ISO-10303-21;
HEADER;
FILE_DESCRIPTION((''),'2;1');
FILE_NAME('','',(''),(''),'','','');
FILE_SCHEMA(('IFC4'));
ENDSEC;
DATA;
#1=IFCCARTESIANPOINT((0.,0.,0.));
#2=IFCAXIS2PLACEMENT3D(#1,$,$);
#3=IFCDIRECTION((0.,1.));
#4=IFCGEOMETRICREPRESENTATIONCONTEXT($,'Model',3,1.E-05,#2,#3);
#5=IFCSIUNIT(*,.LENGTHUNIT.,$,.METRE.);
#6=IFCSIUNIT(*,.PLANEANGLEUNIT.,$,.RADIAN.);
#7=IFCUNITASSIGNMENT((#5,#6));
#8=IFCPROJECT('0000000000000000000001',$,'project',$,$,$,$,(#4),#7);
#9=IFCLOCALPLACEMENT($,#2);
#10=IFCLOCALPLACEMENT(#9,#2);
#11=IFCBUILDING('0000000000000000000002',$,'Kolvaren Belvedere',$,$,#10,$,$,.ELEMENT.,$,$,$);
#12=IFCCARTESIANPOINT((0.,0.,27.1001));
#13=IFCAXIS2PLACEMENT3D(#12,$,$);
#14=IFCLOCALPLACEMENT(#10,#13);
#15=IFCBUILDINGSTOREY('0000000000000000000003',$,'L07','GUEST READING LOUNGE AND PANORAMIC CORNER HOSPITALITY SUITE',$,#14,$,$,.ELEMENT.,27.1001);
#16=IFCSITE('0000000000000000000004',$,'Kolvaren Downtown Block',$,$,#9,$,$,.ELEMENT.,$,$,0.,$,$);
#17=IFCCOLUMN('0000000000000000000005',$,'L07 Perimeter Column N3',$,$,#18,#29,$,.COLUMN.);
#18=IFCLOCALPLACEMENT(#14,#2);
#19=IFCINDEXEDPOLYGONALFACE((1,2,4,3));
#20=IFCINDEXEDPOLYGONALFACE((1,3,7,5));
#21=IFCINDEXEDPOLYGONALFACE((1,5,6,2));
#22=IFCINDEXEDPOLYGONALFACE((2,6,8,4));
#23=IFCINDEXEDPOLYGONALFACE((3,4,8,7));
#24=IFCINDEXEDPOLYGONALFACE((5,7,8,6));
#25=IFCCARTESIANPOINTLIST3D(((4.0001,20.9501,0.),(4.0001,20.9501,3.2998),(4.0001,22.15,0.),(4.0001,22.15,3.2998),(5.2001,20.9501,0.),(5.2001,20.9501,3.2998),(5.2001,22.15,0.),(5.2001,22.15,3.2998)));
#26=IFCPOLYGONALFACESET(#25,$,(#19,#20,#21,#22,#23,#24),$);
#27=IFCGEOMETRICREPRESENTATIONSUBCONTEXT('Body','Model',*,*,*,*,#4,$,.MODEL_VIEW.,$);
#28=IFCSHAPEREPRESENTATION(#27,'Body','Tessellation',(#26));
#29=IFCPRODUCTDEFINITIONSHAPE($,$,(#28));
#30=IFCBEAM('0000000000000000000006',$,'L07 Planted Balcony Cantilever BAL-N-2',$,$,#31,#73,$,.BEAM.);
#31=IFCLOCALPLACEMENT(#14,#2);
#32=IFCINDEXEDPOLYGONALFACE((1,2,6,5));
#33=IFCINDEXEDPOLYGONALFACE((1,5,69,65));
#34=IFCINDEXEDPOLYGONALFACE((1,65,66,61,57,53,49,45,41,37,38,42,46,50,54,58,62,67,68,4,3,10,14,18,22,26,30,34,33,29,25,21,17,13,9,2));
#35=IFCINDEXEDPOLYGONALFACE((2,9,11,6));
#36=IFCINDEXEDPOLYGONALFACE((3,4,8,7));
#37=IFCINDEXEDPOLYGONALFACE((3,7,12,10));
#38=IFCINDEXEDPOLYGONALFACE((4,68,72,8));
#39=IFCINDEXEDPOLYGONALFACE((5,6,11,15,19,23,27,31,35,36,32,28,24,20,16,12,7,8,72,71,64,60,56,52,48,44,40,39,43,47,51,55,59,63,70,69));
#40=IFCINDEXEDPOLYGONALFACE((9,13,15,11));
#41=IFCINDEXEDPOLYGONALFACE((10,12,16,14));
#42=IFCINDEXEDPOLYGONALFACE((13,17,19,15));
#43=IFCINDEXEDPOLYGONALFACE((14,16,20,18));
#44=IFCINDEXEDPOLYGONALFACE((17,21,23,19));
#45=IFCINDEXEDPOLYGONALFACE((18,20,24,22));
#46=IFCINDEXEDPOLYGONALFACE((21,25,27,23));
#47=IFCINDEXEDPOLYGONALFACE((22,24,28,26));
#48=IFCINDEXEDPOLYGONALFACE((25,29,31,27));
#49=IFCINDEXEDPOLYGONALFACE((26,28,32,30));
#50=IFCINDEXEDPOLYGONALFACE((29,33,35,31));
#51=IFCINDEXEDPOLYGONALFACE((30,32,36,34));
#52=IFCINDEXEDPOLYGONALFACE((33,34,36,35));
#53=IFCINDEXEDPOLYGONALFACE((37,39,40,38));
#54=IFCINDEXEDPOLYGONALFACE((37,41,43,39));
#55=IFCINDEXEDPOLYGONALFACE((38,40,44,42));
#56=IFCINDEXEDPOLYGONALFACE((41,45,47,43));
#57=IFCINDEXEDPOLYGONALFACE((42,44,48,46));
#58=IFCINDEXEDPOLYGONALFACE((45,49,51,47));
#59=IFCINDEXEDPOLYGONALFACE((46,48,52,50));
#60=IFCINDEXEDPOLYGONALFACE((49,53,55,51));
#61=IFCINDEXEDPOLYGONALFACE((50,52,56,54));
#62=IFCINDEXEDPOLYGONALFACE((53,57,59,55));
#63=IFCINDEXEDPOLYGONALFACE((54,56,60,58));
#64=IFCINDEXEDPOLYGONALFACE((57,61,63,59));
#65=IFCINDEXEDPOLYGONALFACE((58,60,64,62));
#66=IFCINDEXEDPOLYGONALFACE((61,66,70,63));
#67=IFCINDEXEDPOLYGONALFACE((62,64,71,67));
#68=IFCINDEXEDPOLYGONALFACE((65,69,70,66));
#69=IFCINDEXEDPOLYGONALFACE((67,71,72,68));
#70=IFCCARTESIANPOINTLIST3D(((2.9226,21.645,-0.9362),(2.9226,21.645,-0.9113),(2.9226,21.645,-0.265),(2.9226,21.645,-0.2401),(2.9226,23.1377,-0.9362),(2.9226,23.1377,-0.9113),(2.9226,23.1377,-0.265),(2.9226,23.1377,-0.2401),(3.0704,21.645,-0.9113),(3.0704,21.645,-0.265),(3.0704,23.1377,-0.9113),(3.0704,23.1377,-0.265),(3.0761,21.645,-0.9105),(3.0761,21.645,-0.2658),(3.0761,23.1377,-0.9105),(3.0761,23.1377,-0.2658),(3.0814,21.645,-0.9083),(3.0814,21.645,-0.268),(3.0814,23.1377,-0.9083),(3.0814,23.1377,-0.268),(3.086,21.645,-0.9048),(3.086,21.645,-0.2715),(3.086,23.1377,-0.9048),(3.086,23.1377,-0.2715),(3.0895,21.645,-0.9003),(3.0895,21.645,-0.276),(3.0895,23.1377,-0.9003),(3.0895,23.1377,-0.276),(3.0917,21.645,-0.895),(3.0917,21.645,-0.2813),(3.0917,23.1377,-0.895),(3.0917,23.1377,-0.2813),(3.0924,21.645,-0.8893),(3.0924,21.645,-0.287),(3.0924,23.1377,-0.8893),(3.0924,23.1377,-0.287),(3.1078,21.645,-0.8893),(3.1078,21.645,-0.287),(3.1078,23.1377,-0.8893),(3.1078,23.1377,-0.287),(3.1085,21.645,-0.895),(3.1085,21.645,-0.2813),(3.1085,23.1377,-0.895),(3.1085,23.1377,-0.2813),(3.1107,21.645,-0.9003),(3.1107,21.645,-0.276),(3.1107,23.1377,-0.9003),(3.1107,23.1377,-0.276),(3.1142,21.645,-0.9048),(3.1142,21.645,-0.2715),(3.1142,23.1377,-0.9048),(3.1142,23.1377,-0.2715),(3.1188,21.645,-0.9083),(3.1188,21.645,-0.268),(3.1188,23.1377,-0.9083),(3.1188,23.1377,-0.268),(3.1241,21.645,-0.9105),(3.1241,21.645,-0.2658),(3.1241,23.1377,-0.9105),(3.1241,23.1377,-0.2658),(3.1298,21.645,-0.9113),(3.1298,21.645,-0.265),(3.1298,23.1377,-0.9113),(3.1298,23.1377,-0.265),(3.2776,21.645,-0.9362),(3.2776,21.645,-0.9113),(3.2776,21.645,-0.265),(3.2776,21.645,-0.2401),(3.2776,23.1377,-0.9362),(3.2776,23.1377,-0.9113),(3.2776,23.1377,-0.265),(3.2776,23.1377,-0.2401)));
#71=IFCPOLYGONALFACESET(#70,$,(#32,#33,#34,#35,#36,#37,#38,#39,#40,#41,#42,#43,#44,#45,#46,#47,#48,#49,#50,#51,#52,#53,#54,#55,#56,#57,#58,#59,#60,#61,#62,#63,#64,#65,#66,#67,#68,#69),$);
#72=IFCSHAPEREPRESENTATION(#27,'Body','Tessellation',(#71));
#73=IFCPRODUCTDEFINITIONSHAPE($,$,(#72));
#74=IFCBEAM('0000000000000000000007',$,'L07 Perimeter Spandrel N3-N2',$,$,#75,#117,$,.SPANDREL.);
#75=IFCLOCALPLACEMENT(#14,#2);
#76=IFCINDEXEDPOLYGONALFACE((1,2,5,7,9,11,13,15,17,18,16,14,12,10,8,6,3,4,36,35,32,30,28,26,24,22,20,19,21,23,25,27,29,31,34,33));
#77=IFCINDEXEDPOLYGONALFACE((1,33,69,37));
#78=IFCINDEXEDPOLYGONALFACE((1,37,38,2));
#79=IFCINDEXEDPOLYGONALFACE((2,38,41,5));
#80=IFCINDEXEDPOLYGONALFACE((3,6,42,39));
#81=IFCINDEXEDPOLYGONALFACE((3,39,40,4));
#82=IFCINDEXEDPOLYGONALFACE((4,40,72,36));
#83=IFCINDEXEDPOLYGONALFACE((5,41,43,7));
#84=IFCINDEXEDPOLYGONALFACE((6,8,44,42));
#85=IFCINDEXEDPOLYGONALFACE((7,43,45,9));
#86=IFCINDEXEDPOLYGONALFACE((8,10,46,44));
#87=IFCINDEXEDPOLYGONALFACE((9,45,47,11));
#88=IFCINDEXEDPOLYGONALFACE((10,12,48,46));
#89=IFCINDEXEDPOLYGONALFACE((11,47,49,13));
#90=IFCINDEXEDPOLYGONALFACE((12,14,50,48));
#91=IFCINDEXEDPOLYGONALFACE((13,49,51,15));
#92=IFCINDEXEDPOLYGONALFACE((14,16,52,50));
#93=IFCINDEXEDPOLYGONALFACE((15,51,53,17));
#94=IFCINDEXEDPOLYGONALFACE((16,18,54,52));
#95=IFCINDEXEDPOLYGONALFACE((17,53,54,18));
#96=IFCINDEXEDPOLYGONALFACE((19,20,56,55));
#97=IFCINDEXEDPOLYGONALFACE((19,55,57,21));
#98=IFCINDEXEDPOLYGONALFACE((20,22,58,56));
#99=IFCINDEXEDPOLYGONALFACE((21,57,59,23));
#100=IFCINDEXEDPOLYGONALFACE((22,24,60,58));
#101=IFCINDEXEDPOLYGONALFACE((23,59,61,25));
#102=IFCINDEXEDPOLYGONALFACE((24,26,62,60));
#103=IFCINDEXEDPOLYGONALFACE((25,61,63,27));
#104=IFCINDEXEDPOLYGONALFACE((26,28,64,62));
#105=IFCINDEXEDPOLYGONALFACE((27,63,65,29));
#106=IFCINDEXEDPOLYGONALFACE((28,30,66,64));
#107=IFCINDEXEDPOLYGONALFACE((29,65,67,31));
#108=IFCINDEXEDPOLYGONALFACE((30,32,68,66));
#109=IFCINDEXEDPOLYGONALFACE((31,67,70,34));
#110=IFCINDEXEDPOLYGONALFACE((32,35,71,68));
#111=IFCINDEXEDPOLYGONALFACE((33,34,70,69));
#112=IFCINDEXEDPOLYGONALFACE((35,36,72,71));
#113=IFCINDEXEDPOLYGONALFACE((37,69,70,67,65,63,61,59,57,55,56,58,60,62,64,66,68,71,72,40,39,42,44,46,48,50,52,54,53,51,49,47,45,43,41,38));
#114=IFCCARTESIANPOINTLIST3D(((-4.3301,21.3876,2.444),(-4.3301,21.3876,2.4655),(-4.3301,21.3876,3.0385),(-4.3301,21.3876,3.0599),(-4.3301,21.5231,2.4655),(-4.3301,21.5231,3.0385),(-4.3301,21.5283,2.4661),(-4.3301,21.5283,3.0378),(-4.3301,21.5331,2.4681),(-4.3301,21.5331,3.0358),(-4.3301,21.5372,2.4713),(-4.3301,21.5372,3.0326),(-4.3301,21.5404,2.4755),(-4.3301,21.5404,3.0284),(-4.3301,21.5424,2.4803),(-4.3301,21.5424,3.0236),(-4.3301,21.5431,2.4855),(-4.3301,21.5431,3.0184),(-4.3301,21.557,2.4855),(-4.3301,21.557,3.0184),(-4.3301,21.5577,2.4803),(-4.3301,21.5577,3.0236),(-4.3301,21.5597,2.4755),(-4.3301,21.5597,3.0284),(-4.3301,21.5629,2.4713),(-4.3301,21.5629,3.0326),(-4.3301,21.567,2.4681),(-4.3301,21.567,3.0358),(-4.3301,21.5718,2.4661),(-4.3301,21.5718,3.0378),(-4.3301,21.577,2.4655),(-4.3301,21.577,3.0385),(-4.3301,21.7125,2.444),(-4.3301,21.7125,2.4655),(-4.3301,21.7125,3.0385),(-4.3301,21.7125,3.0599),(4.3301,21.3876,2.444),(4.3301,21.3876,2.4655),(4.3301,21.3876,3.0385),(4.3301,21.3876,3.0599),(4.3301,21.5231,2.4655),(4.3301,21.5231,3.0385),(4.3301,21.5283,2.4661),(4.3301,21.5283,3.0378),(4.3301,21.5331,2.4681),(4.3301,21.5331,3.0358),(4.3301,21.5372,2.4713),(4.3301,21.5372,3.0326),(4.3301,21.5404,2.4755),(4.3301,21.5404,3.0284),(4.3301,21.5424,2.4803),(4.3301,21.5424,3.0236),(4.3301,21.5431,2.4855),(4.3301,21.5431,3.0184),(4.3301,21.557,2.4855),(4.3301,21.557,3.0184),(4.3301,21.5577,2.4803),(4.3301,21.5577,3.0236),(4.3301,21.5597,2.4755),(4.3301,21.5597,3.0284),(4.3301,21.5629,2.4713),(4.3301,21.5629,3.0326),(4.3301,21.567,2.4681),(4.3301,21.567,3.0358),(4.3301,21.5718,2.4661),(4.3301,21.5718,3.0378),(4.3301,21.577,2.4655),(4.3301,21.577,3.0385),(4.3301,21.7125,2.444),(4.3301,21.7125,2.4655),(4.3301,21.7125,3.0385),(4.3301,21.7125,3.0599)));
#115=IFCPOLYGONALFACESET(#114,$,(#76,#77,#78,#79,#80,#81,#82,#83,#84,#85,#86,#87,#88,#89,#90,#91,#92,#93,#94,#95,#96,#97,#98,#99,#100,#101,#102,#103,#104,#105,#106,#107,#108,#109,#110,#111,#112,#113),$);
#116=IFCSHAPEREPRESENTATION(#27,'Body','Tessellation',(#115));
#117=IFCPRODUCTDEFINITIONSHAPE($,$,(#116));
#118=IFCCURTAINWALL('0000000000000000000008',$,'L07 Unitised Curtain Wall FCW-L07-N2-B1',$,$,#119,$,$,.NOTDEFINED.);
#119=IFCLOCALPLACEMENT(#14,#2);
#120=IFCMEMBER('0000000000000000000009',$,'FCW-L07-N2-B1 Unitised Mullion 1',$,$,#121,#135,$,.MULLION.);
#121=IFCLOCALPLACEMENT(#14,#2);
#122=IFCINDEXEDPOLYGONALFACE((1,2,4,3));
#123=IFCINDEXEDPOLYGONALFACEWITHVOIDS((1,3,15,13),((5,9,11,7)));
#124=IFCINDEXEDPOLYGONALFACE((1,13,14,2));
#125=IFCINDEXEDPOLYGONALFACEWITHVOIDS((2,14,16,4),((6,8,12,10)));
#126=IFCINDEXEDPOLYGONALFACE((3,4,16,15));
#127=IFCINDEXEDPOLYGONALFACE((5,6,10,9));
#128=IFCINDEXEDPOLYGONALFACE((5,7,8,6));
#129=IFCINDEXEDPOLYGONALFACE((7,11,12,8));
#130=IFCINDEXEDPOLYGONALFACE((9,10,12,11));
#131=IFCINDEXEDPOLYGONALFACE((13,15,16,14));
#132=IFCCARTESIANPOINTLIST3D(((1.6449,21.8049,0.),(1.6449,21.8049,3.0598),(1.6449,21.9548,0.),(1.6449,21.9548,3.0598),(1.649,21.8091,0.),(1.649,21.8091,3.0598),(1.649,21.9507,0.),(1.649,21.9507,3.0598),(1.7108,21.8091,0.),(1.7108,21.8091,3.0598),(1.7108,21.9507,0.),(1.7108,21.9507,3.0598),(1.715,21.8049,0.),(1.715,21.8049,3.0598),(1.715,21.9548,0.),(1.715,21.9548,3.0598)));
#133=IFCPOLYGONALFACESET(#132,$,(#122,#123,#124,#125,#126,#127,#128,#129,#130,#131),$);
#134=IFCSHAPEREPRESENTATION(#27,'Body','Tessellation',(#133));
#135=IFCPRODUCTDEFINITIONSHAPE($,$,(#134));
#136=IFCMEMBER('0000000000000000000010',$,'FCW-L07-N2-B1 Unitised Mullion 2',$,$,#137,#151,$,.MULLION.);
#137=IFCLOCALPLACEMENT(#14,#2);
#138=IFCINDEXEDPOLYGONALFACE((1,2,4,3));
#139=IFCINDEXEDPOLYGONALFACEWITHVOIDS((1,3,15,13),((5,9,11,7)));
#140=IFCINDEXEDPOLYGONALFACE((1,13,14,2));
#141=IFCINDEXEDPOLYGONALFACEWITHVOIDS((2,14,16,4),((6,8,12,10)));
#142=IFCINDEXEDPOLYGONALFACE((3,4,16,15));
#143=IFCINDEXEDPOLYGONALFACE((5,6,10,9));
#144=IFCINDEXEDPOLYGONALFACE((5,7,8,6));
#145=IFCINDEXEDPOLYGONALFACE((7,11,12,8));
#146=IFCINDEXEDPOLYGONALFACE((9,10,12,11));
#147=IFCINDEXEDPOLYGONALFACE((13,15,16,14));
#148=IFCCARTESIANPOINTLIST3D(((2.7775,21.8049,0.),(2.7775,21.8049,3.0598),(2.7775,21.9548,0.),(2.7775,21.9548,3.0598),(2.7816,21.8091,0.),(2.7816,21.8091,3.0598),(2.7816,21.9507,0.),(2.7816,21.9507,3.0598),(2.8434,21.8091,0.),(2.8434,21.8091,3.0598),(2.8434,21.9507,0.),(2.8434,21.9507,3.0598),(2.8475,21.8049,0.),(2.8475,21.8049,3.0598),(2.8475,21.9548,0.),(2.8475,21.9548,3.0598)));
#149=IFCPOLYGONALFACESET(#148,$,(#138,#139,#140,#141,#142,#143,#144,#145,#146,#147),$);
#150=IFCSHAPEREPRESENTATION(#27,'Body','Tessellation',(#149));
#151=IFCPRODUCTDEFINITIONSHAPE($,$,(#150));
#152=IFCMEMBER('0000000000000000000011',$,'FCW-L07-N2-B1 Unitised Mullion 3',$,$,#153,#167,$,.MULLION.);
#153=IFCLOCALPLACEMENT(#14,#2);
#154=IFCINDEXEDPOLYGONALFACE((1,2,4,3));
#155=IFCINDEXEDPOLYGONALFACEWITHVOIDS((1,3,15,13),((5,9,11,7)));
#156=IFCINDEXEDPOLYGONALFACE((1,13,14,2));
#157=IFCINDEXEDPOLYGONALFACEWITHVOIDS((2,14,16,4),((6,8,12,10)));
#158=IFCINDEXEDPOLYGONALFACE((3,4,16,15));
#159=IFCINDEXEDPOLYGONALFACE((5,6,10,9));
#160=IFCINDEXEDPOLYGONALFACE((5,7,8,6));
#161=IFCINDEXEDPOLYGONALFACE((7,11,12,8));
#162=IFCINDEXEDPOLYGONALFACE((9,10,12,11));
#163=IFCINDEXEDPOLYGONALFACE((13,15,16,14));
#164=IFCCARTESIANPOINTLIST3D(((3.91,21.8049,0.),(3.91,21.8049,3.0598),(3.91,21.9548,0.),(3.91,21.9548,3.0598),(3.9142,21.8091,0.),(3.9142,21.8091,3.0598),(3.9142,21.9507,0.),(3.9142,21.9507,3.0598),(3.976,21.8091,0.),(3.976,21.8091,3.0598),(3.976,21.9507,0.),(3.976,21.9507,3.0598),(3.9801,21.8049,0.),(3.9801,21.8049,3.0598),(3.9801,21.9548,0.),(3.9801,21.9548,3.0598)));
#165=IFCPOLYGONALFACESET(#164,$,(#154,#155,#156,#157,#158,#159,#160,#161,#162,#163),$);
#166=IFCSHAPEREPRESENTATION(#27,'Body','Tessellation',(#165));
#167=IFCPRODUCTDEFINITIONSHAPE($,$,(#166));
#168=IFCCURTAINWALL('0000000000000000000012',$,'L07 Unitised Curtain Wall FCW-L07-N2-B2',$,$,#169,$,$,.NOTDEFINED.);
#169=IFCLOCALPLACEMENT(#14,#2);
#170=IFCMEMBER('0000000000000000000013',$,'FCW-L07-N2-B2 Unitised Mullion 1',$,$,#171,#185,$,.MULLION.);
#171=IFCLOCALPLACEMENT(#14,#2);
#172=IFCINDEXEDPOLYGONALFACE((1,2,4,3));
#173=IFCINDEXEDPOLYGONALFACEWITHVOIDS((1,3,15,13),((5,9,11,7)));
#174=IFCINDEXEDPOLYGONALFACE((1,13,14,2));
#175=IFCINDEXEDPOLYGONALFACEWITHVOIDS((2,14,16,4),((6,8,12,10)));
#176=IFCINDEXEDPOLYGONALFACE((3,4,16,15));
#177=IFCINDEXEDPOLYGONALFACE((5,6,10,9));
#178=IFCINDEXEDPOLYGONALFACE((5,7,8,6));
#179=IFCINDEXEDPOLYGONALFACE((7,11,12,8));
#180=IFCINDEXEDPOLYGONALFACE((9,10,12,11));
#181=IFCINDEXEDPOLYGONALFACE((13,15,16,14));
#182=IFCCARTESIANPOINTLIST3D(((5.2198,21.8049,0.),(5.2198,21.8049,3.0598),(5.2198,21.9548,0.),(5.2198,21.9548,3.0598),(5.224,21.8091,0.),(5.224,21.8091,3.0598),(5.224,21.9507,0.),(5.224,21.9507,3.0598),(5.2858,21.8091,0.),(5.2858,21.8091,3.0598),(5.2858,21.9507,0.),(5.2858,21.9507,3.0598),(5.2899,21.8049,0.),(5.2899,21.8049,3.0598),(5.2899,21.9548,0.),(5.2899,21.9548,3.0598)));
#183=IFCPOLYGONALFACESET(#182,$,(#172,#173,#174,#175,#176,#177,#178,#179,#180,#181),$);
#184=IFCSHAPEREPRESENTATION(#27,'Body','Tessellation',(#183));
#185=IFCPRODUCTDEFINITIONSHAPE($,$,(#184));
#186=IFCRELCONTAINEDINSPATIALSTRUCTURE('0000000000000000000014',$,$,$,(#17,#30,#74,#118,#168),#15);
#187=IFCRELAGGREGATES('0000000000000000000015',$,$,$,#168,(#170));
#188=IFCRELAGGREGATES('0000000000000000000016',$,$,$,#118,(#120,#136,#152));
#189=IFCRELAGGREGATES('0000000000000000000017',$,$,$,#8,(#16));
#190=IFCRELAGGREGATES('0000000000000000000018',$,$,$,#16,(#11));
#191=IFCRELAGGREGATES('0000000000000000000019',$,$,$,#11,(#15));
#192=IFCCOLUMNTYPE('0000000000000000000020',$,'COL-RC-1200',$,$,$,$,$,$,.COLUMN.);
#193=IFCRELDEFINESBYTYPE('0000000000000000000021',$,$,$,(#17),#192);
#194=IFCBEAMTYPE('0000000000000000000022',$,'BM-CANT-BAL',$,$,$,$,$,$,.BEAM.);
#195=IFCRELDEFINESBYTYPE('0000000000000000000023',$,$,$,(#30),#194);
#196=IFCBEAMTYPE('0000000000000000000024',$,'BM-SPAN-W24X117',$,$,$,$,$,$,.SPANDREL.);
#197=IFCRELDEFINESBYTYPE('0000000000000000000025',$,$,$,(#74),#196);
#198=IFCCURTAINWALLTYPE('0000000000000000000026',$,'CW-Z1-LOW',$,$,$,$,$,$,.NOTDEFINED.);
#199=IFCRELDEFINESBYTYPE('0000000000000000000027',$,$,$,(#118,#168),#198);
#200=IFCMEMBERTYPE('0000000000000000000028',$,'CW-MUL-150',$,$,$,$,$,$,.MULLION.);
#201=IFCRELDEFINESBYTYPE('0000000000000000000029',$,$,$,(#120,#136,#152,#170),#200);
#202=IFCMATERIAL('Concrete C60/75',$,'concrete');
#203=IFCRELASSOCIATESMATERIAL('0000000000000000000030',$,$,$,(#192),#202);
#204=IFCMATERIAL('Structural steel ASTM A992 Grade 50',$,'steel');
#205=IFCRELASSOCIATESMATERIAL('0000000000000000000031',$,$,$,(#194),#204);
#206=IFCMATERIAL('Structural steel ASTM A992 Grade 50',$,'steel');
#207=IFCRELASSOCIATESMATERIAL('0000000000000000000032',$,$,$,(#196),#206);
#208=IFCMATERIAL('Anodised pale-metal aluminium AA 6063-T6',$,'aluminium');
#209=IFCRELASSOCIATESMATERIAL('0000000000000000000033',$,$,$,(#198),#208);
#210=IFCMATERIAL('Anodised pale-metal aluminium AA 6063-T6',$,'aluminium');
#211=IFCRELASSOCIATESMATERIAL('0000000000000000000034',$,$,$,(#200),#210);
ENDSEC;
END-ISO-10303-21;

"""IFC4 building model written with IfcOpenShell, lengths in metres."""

from ifc_helpers import new_model, si_unit, direction, frame, origin, origin_2d, place, context, subcontext, project, spatial, rectangle, hollow_rectangle, i_section, extrude, material, material_profile, profile_set, type_object, element, aggregate, save


model = new_model("IFC4")

# Units and contexts
model_context = context("Model", 3, precision=1e-05, world=origin(), true_north=direction((0.0, 1.0)))
body_context = subcontext(model_context, "Body", "Model", "MODEL_VIEW")
ifc_project = project(units=[si_unit("LENGTHUNIT", "METRE"), si_unit("PLANEANGLEUNIT", "RADIAN")], contexts=[model_context])

# Site, building, storey
site_placement = place(None, origin())
site = spatial("IfcSite", under=ifc_project, at=site_placement, Name="Kolvaren Downtown Block", CompositionType="ELEMENT", RefElevation=0.0)
building_placement = place(site_placement, origin())
building = spatial("IfcBuilding", under=site, at=building_placement, Name="Kolvaren Belvedere", CompositionType="ELEMENT")
storey_placement = place(building_placement, frame((0.0, 0.0, 27.1001)))
storey = spatial("IfcBuildingStorey", under=building, at=storey_placement, Name="L07", Description="GUEST READING LOUNGE AND PANORAMIC CORNER HOSPITALITY SUITE", CompositionType="ELEMENT", Elevation=27.1001)

# Column
ifc_material_1 = material(Name="Concrete C60/75", Category="concrete")
ifc_material_profile_1 = material_profile(ifc_material_1, rectangle(XDim=1.2, YDim=1.2, at=origin_2d()), Name="RC 1200X1200")
ifc_profile_set_1 = profile_set([ifc_material_profile_1], Name="Concrete C60/75")
column_type = type_object("IfcColumnType", Name="COL-RC-1200", PredefinedType="COLUMN", material=ifc_profile_set_1)
column_placement = place(storey_placement, frame((4.6001, 21.55, 0.0), z_axis=(0.0, 0.0, 1.0), x_axis=(1.0, 0.0, 0.0)))
element("IfcColumn", 1, at=column_placement, inside=storey, type_object=column_type, Name="L07 Perimeter Column N3", PredefinedType="COLUMN", context=body_context, shape_type="SweptSolid", body=[
    extrude(rectangle(XDim=1.2, YDim=1.2, at=origin_2d()), origin(), (0.0, 0.0, 1.0), 3.2998),
])

# Beams
ifc_material_2 = material(Name="Structural steel ASTM A992 Grade 50", Category="steel")
ifc_material_profile_2 = material_profile(ifc_material_2, i_section(OverallWidth=0.355, OverallDepth=0.696, WebThickness=0.0154, FlangeThickness=0.0249, FilletRadius=0.022, at=origin_2d()), Name="W27X146")
ifc_profile_set_2 = profile_set([ifc_material_profile_2], Name="Structural steel ASTM A992 Grade 50")
beam_type_1 = type_object("IfcBeamType", Name="BM-CANT-BAL", PredefinedType="BEAM", material=ifc_profile_set_2)
beam_1_placement = place(storey_placement, frame((3.1001, 21.645, -0.5881), z_axis=(0.0, 1.0, 0.0), x_axis=(-1.0, 0.0, 0.0)))
element("IfcBeam", 2, at=beam_1_placement, inside=storey, type_object=beam_type_1, Name="L07 Planted Balcony Cantilever BAL-N-2", PredefinedType="BEAM", context=body_context, shape_type="SweptSolid", body=[
    extrude(i_section(OverallWidth=0.355, OverallDepth=0.696, WebThickness=0.0154, FlangeThickness=0.0249, FilletRadius=0.022, at=origin_2d()), origin(), (0.0, 0.0, 1.0), 1.4927),
])
ifc_material_3 = material(Name="Structural steel ASTM A992 Grade 50", Category="steel")
ifc_material_profile_3 = material_profile(ifc_material_3, i_section(OverallWidth=0.325, OverallDepth=0.616, WebThickness=0.0139, FlangeThickness=0.0215, FilletRadius=0.02, at=origin_2d()), Name="W24X117")
ifc_profile_set_3 = profile_set([ifc_material_profile_3], Name="Structural steel ASTM A992 Grade 50")
beam_type_2 = type_object("IfcBeamType", Name="BM-SPAN-W24X117", PredefinedType="SPANDREL", material=ifc_profile_set_3)
beam_2_placement = place(storey_placement, frame((4.3301, 21.55, 2.752), z_axis=(-1.0, 0.0, 0.0), x_axis=(0.0, -1.0, 0.0)))
element("IfcBeam", 3, at=beam_2_placement, inside=storey, type_object=beam_type_2, Name="L07 Perimeter Spandrel N3-N2", PredefinedType="SPANDREL", context=body_context, shape_type="SweptSolid", body=[
    extrude(i_section(OverallWidth=0.325, OverallDepth=0.616, WebThickness=0.0139, FlangeThickness=0.0215, FilletRadius=0.02, at=origin_2d()), origin(), (0.0, 0.0, 1.0), 8.6602),
])

# Curtain wall, members
ifc_material_4 = material(Name="Anodised pale-metal aluminium AA 6063-T6", Category="aluminium")
curtain_wall_type = type_object("IfcCurtainWallType", Name="CW-Z1-LOW", PredefinedType="NOTDEFINED", material=ifc_material_4)
curtain_wall_1_placement = place(storey_placement, origin())
curtain_wall_1 = element("IfcCurtainWall", 4, at=curtain_wall_1_placement, inside=storey, type_object=curtain_wall_type, Name="L07 Unitised Curtain Wall FCW-L07-N2-B1", PredefinedType="NOTDEFINED")
ifc_material_5 = material(Name="Anodised pale-metal aluminium AA 6063-T6", Category="aluminium")
ifc_material_profile_4 = material_profile(ifc_material_5, hollow_rectangle(XDim=0.0701, YDim=0.1499, WallThickness=0.0042, at=origin_2d()), Name="ALU-MUL-150X70")
ifc_profile_set_4 = profile_set([ifc_material_profile_4], Name="Anodised pale-metal aluminium AA 6063-T6")
member_type_1 = type_object("IfcMemberType", Name="CW-MUL-150", PredefinedType="MULLION", material=ifc_profile_set_4)
member_1_placement = place(storey_placement, frame((1.6799, 21.8799, 0.0), z_axis=(0.0, 0.0, 1.0), x_axis=(1.0, 0.0, 0.0)))
member_1 = element("IfcMember", 5, at=member_1_placement, type_object=member_type_1, Name="FCW-L07-N2-B1 Unitised Mullion 1", PredefinedType="MULLION", context=body_context, shape_type="SweptSolid", body=[
    extrude(hollow_rectangle(XDim=0.0701, YDim=0.1499, WallThickness=0.0042, at=origin_2d()), origin(), (0.0, 0.0, 1.0), 3.0598),
])
member_2_placement = place(storey_placement, frame((2.8125, 21.8799, 0.0), z_axis=(0.0, 0.0, 1.0), x_axis=(1.0, 0.0, 0.0)))
member_2 = element("IfcMember", 6, at=member_2_placement, type_object=member_type_1, Name="FCW-L07-N2-B1 Unitised Mullion 2", PredefinedType="MULLION", context=body_context, shape_type="SweptSolid", body=[
    extrude(hollow_rectangle(XDim=0.0701, YDim=0.1499, WallThickness=0.0042, at=origin_2d()), origin(), (0.0, 0.0, 1.0), 3.0598),
])
member_3_placement = place(storey_placement, frame((3.9451, 21.8799, 0.0), z_axis=(0.0, 0.0, 1.0), x_axis=(1.0, 0.0, 0.0)))
member_3 = element("IfcMember", 7, at=member_3_placement, type_object=member_type_1, Name="FCW-L07-N2-B1 Unitised Mullion 3", PredefinedType="MULLION", context=body_context, shape_type="SweptSolid", body=[
    extrude(hollow_rectangle(XDim=0.0701, YDim=0.1499, WallThickness=0.0042, at=origin_2d()), origin(), (0.0, 0.0, 1.0), 3.0598),
])

# Curtain wall, member
curtain_wall_2_placement = place(storey_placement, origin())
curtain_wall_2 = element("IfcCurtainWall", 8, at=curtain_wall_2_placement, inside=storey, type_object=curtain_wall_type, Name="L07 Unitised Curtain Wall FCW-L07-N2-B2", PredefinedType="NOTDEFINED")
member_4_placement = place(storey_placement, frame((5.2549, 21.8799, 0.0), z_axis=(0.0, 0.0, 1.0), x_axis=(1.0, 0.0, 0.0)))
member_4 = element("IfcMember", 9, at=member_4_placement, type_object=member_type_1, Name="FCW-L07-N2-B2 Unitised Mullion 1", PredefinedType="MULLION", context=body_context, shape_type="SweptSolid", body=[
    extrude(hollow_rectangle(XDim=0.0701, YDim=0.1499, WallThickness=0.0042, at=origin_2d()), origin(), (0.0, 0.0, 1.0), 3.0598),
])

aggregate(curtain_wall_2, [member_4])

aggregate(curtain_wall_1, [member_1, member_2, member_3])

save(model, "model.ifc")
